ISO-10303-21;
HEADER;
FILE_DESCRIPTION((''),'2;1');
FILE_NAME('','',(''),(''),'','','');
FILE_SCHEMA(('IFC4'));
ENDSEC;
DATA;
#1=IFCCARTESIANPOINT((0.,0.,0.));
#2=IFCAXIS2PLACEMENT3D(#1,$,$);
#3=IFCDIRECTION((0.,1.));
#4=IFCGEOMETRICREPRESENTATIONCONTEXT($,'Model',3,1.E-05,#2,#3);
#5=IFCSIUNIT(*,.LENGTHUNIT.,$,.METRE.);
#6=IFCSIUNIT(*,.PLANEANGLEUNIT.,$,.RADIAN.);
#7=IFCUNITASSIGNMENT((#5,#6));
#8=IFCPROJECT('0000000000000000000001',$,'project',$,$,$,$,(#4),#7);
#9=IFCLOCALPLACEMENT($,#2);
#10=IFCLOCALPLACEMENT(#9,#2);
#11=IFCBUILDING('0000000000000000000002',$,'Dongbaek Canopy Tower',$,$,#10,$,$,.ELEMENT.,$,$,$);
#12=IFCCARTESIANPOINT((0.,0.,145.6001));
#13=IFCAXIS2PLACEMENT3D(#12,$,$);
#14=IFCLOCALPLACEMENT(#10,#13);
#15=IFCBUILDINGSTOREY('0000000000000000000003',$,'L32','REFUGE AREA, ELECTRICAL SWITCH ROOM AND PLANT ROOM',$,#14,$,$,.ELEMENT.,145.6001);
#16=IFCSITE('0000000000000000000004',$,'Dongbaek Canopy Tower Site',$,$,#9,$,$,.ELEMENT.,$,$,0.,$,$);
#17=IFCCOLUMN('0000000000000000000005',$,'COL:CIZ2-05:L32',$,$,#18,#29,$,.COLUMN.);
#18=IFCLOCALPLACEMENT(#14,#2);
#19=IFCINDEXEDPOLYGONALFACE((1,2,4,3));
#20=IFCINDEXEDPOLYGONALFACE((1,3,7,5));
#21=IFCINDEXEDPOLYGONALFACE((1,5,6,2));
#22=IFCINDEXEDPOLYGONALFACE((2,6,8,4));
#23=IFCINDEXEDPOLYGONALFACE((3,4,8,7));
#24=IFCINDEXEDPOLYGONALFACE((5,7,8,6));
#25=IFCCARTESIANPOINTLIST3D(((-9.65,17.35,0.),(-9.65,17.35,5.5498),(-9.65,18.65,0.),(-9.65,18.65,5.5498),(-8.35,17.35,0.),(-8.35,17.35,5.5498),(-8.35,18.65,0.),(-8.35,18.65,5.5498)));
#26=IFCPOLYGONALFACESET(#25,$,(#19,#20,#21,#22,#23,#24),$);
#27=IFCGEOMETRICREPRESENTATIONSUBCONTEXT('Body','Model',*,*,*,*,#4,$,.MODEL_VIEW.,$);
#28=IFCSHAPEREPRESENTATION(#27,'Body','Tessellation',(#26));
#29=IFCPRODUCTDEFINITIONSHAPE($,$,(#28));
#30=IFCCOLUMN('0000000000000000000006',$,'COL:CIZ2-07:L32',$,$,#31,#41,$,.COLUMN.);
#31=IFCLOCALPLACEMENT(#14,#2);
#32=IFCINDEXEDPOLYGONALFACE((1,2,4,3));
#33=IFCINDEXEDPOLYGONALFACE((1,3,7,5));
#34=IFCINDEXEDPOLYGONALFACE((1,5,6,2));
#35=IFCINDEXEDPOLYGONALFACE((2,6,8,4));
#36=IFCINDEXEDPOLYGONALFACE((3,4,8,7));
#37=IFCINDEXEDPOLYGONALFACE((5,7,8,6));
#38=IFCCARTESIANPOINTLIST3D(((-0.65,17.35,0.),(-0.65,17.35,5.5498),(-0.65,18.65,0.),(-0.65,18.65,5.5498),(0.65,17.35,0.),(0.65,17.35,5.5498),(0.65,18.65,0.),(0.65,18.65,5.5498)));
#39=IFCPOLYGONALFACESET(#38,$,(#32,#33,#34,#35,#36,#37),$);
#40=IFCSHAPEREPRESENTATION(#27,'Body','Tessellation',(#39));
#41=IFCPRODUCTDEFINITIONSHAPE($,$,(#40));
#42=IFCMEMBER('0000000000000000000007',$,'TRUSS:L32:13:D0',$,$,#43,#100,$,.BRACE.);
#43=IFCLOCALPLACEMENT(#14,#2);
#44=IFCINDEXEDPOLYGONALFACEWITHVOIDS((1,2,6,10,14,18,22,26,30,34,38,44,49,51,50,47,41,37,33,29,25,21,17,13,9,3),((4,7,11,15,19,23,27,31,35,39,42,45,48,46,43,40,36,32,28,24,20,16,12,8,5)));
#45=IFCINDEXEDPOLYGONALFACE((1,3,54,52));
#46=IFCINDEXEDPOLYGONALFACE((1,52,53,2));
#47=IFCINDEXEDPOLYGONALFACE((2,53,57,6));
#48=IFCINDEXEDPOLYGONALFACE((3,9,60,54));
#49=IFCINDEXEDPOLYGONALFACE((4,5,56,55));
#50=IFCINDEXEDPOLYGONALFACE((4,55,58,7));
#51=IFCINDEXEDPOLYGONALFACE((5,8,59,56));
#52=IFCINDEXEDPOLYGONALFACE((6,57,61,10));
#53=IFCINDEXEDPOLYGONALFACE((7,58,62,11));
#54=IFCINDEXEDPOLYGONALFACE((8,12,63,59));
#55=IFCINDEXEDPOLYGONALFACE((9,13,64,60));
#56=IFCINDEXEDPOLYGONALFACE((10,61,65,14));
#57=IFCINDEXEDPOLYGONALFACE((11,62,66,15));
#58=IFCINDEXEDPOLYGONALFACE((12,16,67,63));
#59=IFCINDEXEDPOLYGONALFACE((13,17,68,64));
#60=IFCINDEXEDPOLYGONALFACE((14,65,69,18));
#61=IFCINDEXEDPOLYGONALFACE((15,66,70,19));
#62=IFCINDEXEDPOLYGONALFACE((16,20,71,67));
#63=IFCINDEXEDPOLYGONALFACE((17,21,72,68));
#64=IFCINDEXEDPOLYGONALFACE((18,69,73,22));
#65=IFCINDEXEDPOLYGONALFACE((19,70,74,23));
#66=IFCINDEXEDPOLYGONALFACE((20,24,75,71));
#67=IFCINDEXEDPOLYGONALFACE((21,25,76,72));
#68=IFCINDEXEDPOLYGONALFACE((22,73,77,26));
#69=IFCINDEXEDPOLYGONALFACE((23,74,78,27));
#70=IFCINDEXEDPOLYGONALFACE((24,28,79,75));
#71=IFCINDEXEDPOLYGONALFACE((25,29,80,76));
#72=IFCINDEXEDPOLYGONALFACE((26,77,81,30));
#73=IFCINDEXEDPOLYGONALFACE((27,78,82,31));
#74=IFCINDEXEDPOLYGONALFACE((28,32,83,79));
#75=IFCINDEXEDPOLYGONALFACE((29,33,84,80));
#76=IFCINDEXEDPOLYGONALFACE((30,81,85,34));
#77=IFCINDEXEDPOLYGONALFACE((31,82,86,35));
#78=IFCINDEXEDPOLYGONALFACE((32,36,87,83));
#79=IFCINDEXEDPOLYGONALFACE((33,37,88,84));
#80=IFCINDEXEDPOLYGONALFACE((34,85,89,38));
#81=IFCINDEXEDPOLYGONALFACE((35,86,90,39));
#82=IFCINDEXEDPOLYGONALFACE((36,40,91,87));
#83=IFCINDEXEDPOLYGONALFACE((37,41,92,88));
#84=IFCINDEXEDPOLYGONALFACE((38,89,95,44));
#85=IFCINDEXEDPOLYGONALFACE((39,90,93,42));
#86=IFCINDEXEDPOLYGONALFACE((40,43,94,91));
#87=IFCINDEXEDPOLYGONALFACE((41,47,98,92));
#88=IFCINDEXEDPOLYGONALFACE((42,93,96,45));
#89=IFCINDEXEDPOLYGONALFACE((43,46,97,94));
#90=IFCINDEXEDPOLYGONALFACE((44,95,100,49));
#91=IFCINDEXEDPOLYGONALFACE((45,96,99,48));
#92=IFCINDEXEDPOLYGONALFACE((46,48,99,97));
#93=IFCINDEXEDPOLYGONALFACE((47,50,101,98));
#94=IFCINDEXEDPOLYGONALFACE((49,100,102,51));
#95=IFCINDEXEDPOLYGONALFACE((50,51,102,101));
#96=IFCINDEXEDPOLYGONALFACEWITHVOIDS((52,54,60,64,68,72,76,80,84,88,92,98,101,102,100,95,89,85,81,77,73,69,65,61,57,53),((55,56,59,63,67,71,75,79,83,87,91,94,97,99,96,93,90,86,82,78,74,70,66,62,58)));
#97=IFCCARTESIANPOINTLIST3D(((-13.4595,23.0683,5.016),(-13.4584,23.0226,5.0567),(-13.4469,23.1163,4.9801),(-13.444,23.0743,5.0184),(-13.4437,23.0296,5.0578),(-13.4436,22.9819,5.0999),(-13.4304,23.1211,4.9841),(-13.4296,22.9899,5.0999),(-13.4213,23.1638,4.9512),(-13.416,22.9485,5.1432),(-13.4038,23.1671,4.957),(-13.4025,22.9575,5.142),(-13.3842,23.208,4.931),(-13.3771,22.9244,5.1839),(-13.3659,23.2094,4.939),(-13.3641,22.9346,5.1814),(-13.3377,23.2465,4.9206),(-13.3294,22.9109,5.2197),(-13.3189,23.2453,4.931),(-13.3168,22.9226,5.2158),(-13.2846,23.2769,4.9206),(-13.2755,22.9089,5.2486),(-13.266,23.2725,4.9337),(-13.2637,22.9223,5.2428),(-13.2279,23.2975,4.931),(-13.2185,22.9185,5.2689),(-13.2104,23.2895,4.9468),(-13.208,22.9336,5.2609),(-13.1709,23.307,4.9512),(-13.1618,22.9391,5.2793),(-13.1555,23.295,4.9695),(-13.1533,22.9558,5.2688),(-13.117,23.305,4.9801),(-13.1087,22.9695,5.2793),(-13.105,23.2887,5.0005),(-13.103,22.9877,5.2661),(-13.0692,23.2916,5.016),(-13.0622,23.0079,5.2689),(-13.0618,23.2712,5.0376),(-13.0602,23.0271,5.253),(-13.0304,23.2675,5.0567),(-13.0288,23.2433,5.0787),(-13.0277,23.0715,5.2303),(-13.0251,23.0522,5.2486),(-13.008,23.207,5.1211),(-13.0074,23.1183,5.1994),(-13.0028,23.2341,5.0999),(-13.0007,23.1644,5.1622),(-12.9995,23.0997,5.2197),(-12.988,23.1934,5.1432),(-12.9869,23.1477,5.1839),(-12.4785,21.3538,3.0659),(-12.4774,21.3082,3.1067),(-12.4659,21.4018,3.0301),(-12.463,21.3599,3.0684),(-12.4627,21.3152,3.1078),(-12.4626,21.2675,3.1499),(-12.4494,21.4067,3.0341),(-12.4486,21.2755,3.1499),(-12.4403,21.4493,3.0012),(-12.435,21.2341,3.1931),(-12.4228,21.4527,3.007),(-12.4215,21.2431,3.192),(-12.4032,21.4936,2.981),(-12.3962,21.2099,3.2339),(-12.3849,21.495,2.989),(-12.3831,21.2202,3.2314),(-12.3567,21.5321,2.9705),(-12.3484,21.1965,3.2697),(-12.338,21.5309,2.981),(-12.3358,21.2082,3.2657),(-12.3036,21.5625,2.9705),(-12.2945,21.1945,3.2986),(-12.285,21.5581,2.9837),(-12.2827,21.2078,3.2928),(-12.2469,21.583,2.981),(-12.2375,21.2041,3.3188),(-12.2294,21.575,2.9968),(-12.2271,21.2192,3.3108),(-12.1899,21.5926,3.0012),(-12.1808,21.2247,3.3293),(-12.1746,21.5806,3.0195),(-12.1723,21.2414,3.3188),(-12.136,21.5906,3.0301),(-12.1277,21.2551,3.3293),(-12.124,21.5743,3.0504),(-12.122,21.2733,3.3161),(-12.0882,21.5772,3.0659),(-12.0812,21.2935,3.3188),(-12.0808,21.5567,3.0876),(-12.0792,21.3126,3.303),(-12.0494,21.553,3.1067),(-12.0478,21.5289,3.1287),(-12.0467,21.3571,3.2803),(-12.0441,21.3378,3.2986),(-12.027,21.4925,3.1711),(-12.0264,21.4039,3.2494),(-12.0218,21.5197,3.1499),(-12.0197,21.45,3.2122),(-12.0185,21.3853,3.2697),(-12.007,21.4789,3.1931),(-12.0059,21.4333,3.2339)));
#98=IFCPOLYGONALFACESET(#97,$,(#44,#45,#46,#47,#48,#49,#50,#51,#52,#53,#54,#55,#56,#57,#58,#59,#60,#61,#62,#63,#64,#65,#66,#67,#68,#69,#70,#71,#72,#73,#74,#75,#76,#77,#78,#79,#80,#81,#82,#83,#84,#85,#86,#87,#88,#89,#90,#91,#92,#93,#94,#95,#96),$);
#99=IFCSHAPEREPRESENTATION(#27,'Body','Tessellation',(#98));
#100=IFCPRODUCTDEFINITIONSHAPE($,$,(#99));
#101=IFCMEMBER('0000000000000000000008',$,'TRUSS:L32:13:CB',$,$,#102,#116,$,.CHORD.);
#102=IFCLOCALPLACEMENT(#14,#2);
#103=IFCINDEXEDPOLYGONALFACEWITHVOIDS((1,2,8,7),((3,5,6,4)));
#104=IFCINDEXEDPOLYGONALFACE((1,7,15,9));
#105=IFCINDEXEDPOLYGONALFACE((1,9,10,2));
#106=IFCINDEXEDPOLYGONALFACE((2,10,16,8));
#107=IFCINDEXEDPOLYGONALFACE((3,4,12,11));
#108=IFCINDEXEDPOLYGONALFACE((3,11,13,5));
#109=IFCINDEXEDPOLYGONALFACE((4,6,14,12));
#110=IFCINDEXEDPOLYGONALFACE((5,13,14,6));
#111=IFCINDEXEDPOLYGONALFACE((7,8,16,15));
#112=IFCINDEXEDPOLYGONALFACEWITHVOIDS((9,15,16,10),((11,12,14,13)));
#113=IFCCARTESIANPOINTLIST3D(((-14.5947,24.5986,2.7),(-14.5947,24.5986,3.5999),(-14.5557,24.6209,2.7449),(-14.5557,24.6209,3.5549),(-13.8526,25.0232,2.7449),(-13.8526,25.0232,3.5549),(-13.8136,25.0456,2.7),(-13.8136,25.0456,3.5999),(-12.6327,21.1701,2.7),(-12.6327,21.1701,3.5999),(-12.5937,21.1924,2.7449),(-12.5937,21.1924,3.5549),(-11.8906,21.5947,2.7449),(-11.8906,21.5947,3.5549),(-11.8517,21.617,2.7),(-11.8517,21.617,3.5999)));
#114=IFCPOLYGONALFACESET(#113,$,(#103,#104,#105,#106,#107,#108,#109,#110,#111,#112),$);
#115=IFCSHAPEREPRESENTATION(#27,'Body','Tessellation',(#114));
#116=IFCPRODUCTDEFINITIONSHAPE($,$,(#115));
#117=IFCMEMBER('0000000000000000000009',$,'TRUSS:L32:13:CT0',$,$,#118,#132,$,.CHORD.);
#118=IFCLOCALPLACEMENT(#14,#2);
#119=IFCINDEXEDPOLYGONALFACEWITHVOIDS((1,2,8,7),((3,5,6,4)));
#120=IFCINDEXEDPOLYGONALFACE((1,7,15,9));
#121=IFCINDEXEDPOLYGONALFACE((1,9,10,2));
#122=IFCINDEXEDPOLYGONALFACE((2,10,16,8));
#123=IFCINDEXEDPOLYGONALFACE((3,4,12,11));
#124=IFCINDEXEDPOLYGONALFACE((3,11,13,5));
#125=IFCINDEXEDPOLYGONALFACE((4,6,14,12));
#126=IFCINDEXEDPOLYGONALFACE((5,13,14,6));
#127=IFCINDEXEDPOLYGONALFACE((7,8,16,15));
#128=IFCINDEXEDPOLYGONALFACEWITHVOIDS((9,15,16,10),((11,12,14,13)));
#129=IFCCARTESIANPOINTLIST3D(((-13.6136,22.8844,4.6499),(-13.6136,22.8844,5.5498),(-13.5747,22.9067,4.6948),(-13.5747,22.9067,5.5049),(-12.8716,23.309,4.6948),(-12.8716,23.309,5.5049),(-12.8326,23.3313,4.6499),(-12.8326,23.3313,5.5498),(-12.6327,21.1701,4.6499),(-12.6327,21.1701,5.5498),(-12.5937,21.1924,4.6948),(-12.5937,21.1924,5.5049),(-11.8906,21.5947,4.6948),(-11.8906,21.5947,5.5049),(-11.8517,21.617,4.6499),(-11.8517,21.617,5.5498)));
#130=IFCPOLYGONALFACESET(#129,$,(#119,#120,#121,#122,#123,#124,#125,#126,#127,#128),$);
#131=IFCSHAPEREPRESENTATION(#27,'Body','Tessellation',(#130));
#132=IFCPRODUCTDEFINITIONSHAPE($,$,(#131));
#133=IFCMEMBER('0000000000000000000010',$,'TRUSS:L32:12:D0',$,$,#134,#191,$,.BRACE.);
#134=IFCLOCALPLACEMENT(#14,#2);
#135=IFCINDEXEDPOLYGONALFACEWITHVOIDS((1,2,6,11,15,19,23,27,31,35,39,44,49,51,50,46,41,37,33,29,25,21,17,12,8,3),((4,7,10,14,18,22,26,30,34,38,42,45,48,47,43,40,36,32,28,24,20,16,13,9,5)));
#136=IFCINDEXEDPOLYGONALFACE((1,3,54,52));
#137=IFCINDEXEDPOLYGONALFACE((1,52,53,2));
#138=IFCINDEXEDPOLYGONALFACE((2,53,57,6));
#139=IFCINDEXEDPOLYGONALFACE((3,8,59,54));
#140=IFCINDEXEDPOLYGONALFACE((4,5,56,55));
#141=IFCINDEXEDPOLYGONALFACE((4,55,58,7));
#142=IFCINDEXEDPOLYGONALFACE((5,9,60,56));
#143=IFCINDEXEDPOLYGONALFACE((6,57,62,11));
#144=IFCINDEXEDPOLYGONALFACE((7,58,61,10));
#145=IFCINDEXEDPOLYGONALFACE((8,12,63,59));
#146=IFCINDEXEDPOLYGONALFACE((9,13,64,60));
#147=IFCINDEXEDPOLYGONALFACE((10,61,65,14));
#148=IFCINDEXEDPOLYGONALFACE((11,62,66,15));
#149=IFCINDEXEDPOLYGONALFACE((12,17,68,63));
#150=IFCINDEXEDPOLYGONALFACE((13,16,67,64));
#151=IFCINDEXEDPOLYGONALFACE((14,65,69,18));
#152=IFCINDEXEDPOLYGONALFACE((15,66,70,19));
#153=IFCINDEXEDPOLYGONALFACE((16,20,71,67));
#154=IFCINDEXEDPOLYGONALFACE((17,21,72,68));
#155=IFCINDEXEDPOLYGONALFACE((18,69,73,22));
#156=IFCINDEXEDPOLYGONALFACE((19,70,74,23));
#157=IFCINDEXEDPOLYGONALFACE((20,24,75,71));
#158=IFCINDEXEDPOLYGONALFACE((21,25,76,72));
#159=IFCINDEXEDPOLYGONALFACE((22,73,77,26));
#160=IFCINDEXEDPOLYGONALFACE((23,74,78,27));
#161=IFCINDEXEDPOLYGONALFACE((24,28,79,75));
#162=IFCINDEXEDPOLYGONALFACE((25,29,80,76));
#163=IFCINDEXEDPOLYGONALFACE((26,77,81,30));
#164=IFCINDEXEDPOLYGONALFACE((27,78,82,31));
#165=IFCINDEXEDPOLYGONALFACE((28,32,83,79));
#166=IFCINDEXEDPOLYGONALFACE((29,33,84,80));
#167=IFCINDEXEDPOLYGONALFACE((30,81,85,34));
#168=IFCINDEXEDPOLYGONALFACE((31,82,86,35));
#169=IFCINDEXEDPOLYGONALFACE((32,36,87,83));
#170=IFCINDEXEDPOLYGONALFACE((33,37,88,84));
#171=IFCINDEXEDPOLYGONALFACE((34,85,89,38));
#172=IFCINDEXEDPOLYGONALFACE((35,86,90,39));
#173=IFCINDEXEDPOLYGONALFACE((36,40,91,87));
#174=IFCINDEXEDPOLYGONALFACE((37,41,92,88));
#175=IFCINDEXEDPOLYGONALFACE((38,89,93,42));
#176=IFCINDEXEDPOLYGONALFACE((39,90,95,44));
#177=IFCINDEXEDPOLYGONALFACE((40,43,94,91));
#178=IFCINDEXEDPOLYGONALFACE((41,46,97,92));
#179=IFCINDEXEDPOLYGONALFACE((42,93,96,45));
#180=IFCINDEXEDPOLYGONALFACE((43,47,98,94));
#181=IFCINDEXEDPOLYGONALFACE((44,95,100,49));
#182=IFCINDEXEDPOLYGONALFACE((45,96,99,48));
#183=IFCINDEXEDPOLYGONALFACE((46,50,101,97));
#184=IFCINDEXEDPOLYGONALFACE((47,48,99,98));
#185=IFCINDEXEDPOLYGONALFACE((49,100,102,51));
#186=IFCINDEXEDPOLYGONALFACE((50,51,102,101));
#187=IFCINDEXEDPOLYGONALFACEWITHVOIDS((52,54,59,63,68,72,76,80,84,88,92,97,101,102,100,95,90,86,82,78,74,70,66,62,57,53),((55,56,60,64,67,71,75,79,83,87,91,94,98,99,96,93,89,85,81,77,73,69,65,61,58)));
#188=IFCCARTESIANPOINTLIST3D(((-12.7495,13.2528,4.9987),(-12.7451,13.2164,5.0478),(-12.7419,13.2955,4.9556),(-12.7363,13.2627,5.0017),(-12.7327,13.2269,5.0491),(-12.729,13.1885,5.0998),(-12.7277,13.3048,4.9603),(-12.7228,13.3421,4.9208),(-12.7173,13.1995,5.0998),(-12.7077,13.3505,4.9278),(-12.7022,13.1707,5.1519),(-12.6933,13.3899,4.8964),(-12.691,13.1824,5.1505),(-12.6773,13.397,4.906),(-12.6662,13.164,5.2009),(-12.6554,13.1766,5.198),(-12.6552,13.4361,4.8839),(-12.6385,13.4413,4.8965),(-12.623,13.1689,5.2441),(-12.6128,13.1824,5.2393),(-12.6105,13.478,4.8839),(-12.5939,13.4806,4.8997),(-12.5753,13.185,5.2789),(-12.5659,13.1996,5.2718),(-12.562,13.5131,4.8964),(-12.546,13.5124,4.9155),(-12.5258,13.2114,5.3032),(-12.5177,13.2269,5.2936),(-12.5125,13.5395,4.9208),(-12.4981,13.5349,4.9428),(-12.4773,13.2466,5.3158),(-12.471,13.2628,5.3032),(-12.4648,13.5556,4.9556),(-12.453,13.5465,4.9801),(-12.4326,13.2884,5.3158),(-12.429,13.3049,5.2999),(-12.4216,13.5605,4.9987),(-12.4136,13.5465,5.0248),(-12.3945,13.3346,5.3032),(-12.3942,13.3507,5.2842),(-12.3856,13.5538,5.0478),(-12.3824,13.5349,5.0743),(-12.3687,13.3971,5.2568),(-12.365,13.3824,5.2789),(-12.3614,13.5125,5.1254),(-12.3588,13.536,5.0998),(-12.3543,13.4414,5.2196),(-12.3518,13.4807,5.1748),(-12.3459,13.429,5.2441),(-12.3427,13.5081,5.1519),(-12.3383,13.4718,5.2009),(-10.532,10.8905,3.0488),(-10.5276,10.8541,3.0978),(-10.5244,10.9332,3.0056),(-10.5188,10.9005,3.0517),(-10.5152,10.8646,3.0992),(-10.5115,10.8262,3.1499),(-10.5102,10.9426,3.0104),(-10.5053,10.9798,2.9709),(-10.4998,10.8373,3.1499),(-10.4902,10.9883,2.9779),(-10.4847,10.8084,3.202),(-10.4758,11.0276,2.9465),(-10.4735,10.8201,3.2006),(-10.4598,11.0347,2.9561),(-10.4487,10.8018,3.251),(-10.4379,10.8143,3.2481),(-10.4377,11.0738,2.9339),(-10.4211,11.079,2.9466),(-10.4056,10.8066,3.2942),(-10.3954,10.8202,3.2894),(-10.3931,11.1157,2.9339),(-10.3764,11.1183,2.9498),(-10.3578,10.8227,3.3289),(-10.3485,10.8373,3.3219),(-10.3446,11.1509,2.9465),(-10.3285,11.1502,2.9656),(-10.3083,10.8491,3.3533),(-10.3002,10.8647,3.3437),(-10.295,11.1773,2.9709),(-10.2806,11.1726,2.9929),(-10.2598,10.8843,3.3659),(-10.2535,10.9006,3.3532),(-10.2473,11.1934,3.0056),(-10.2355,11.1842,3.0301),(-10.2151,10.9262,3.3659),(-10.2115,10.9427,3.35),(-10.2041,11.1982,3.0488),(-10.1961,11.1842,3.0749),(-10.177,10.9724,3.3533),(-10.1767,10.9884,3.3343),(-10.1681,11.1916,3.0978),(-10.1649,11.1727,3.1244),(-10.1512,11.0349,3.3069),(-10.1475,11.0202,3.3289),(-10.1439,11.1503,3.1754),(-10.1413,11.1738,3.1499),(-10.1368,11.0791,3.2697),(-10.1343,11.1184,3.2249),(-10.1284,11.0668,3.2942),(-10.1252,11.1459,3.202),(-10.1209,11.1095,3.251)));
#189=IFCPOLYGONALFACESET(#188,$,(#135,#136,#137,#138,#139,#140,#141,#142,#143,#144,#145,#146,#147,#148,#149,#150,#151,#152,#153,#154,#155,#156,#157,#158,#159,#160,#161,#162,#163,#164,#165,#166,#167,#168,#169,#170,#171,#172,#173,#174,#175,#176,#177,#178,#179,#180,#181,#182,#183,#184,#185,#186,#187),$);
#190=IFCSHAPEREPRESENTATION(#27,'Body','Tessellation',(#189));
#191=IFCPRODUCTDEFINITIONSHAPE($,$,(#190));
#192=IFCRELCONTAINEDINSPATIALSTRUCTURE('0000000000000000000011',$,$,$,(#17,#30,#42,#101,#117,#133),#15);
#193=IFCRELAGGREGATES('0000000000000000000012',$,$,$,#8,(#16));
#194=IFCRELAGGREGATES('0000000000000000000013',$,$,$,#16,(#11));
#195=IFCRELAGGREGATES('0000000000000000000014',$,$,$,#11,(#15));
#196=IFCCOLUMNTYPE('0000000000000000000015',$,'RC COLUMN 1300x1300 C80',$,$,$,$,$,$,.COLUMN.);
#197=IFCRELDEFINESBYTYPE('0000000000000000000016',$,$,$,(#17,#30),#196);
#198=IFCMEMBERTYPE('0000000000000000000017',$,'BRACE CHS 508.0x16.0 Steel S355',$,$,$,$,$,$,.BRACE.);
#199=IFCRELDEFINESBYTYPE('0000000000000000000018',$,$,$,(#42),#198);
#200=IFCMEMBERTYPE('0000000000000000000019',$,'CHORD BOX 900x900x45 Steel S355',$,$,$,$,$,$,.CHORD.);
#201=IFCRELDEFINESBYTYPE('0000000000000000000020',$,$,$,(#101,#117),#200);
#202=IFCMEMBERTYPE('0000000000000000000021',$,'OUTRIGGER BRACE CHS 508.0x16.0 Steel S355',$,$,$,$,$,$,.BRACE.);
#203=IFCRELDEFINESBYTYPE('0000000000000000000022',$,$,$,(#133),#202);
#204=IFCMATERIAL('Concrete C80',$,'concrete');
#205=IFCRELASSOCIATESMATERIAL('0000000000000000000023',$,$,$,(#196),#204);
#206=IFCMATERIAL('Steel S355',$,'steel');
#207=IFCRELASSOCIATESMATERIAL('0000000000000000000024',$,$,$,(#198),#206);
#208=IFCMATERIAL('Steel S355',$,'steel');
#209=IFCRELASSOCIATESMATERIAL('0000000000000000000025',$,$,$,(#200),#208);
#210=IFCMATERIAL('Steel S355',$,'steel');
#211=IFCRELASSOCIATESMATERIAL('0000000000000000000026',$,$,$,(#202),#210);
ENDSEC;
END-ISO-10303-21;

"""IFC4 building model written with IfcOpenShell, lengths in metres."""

from ifc_helpers import new_model, si_unit, direction, frame, origin, origin_2d, place, context, subcontext, project, spatial, rectangle, hollow_rectangle, hollow_circle, extrude, material, material_profile, profile_set, type_object, element, save


model = new_model("IFC4")

# Units and contexts
model_context = context("Model", 3, precision=1e-05, world=origin(), true_north=direction((0.0, 1.0)))
body_context = subcontext(model_context, "Body", "Model", "MODEL_VIEW")
ifc_project = project(units=[si_unit("LENGTHUNIT", "METRE"), si_unit("PLANEANGLEUNIT", "RADIAN")], contexts=[model_context])

# Site, building, storey
site_placement = place(None, origin())
site = spatial("IfcSite", under=ifc_project, at=site_placement, Name="Dongbaek Canopy Tower Site", CompositionType="ELEMENT", RefElevation=0.0)
building_placement = place(site_placement, origin())
building = spatial("IfcBuilding", under=site, at=building_placement, Name="Dongbaek Canopy Tower", CompositionType="ELEMENT")
storey_placement = place(building_placement, frame((0.0, 0.0, 145.6001)))
storey = spatial("IfcBuildingStorey", under=building, at=storey_placement, Name="L32", Description="REFUGE AREA, ELECTRICAL SWITCH ROOM AND PLANT ROOM", CompositionType="ELEMENT", Elevation=145.6001)

# Columns
ifc_material_1 = material(Name="Concrete C80", Category="concrete")
ifc_material_profile_1 = material_profile(ifc_material_1, rectangle(XDim=1.3, YDim=1.3, at=origin_2d()), Name="RC COLUMN 1300x1300 C80")
ifc_profile_set_1 = profile_set([ifc_material_profile_1], Name="Concrete C80")
column_type = type_object("IfcColumnType", Name="RC COLUMN 1300x1300 C80", PredefinedType="COLUMN", material=ifc_profile_set_1)
for number, where, z_axis, x_axis, name in (
    (1, (-9.0, 18.0, 0.0), (0.0, 0.0, 1.0), (1.0, 0.0, 0.0), "COL:CIZ2-05:L32"),
    (2, (0.0, 18.0, 0.0), (0.0, 0.0, 1.0), (1.0, 0.0, 0.0), "COL:CIZ2-07:L32"),
):
    element("IfcColumn", number, at=place(storey_placement, frame(where, z_axis=z_axis, x_axis=x_axis)), inside=storey, type_object=column_type, Name=name, PredefinedType="COLUMN", context=body_context, shape_type="SweptSolid", body=[
        extrude(rectangle(XDim=1.3, YDim=1.3, at=origin_2d()), origin(), (0.0, 0.0, 1.0), 5.5498),
    ])

# Members
ifc_material_2 = material(Name="Steel S355", Category="steel")
ifc_material_profile_2 = material_profile(ifc_material_2, hollow_circle(Radius=0.2539, WallThickness=0.0161, at=origin_2d()), Name="BRACE CHS 508.0x16.0 Steel S355")
ifc_profile_set_2 = profile_set([ifc_material_profile_2], Name="Steel S355")
member_type_1 = type_object("IfcMemberType", Name="BRACE CHS 508.0x16.0 Steel S355", PredefinedType="BRACE", material=ifc_profile_set_2)
member_1_placement = place(storey_placement, frame((-12.2422, 21.3936, 3.1499), z_axis=(-0.35343, 0.617666, 0.702549), x_axis=(-0.867954, -0.496645, 0.0)))
element("IfcMember", 3, at=member_1_placement, inside=storey, type_object=member_type_1, Name="TRUSS:L32:13:D0", PredefinedType="BRACE", context=body_context, shape_type="SweptSolid", body=[
    extrude(hollow_circle(Radius=0.2539, WallThickness=0.0161, at=origin_2d()), origin(), (0.0, 0.0, 1.0), 2.7756),
])
ifc_material_3 = material(Name="Steel S355", Category="steel")
ifc_material_profile_3 = material_profile(ifc_material_3, hollow_rectangle(XDim=0.8999, YDim=0.8999, WallThickness=0.0449, at=origin_2d()), Name="CHORD BOX 900x900x45 Steel S355")
ifc_profile_set_3 = profile_set([ifc_material_profile_3], Name="Steel S355")
member_type_2 = type_object("IfcMemberType", Name="CHORD BOX 900x900x45 Steel S355", PredefinedType="CHORD", material=ifc_profile_set_3)
member_2_placement = place(storey_placement, frame((-12.2422, 21.3936, 3.1499), z_axis=(-0.496671, 0.867939, 0.0), x_axis=(-0.867939, -0.496671, 0.0)))
element("IfcMember", 4, at=member_2_placement, inside=storey, type_object=member_type_2, Name="TRUSS:L32:13:CB", PredefinedType="CHORD", context=body_context, shape_type="SweptSolid", body=[
    extrude(hollow_rectangle(XDim=0.8999, YDim=0.8999, WallThickness=0.0449, at=origin_2d()), origin(), (0.0, 0.0, 1.0), 3.9502),
])
member_3_placement = place(storey_placement, frame((-12.2422, 21.3936, 5.0999), z_axis=(-0.496645, 0.867954, 0.0), x_axis=(-0.867954, -0.496645, 0.0)))
element("IfcMember", 5, at=member_3_placement, inside=storey, type_object=member_type_2, Name="TRUSS:L32:13:CT0", PredefinedType="CHORD", context=body_context, shape_type="SweptSolid", body=[
    extrude(hollow_rectangle(XDim=0.8999, YDim=0.8999, WallThickness=0.0449, at=origin_2d()), origin(), (0.0, 0.0, 1.0), 1.9751),
])
ifc_material_4 = material(Name="Steel S355", Category="steel")
ifc_material_profile_4 = material_profile(ifc_material_4, hollow_circle(Radius=0.2539, WallThickness=0.0161, at=origin_2d()), Name="OUTRIGGER BRACE CHS 508.0x16.0 Steel S355")
ifc_profile_set_4 = profile_set([ifc_material_profile_4], Name="Steel S355")
member_type_3 = type_object("IfcMemberType", Name="OUTRIGGER BRACE CHS 508.0x16.0 Steel S355", PredefinedType="BRACE", material=ifc_profile_set_4)
for number, where, z_axis, x_axis, name in (
    (6, (-10.3264, 11.0, 3.1499), (-0.586405, 0.62469, 0.515647), (-0.729095, -0.684412, 0.0), "TRUSS:L32:12:D0"),
):
    element("IfcMember", number, at=place(storey_placement, frame(where, z_axis=z_axis, x_axis=x_axis)), inside=storey, type_object=member_type_3, Name=name, PredefinedType="BRACE", context=body_context, shape_type="SweptSolid", body=[
        extrude(hollow_circle(Radius=0.2539, WallThickness=0.0161, at=origin_2d()), origin(), (0.0, 0.0, 1.0), 3.7815),
    ])

save(model, "model.ifc")
